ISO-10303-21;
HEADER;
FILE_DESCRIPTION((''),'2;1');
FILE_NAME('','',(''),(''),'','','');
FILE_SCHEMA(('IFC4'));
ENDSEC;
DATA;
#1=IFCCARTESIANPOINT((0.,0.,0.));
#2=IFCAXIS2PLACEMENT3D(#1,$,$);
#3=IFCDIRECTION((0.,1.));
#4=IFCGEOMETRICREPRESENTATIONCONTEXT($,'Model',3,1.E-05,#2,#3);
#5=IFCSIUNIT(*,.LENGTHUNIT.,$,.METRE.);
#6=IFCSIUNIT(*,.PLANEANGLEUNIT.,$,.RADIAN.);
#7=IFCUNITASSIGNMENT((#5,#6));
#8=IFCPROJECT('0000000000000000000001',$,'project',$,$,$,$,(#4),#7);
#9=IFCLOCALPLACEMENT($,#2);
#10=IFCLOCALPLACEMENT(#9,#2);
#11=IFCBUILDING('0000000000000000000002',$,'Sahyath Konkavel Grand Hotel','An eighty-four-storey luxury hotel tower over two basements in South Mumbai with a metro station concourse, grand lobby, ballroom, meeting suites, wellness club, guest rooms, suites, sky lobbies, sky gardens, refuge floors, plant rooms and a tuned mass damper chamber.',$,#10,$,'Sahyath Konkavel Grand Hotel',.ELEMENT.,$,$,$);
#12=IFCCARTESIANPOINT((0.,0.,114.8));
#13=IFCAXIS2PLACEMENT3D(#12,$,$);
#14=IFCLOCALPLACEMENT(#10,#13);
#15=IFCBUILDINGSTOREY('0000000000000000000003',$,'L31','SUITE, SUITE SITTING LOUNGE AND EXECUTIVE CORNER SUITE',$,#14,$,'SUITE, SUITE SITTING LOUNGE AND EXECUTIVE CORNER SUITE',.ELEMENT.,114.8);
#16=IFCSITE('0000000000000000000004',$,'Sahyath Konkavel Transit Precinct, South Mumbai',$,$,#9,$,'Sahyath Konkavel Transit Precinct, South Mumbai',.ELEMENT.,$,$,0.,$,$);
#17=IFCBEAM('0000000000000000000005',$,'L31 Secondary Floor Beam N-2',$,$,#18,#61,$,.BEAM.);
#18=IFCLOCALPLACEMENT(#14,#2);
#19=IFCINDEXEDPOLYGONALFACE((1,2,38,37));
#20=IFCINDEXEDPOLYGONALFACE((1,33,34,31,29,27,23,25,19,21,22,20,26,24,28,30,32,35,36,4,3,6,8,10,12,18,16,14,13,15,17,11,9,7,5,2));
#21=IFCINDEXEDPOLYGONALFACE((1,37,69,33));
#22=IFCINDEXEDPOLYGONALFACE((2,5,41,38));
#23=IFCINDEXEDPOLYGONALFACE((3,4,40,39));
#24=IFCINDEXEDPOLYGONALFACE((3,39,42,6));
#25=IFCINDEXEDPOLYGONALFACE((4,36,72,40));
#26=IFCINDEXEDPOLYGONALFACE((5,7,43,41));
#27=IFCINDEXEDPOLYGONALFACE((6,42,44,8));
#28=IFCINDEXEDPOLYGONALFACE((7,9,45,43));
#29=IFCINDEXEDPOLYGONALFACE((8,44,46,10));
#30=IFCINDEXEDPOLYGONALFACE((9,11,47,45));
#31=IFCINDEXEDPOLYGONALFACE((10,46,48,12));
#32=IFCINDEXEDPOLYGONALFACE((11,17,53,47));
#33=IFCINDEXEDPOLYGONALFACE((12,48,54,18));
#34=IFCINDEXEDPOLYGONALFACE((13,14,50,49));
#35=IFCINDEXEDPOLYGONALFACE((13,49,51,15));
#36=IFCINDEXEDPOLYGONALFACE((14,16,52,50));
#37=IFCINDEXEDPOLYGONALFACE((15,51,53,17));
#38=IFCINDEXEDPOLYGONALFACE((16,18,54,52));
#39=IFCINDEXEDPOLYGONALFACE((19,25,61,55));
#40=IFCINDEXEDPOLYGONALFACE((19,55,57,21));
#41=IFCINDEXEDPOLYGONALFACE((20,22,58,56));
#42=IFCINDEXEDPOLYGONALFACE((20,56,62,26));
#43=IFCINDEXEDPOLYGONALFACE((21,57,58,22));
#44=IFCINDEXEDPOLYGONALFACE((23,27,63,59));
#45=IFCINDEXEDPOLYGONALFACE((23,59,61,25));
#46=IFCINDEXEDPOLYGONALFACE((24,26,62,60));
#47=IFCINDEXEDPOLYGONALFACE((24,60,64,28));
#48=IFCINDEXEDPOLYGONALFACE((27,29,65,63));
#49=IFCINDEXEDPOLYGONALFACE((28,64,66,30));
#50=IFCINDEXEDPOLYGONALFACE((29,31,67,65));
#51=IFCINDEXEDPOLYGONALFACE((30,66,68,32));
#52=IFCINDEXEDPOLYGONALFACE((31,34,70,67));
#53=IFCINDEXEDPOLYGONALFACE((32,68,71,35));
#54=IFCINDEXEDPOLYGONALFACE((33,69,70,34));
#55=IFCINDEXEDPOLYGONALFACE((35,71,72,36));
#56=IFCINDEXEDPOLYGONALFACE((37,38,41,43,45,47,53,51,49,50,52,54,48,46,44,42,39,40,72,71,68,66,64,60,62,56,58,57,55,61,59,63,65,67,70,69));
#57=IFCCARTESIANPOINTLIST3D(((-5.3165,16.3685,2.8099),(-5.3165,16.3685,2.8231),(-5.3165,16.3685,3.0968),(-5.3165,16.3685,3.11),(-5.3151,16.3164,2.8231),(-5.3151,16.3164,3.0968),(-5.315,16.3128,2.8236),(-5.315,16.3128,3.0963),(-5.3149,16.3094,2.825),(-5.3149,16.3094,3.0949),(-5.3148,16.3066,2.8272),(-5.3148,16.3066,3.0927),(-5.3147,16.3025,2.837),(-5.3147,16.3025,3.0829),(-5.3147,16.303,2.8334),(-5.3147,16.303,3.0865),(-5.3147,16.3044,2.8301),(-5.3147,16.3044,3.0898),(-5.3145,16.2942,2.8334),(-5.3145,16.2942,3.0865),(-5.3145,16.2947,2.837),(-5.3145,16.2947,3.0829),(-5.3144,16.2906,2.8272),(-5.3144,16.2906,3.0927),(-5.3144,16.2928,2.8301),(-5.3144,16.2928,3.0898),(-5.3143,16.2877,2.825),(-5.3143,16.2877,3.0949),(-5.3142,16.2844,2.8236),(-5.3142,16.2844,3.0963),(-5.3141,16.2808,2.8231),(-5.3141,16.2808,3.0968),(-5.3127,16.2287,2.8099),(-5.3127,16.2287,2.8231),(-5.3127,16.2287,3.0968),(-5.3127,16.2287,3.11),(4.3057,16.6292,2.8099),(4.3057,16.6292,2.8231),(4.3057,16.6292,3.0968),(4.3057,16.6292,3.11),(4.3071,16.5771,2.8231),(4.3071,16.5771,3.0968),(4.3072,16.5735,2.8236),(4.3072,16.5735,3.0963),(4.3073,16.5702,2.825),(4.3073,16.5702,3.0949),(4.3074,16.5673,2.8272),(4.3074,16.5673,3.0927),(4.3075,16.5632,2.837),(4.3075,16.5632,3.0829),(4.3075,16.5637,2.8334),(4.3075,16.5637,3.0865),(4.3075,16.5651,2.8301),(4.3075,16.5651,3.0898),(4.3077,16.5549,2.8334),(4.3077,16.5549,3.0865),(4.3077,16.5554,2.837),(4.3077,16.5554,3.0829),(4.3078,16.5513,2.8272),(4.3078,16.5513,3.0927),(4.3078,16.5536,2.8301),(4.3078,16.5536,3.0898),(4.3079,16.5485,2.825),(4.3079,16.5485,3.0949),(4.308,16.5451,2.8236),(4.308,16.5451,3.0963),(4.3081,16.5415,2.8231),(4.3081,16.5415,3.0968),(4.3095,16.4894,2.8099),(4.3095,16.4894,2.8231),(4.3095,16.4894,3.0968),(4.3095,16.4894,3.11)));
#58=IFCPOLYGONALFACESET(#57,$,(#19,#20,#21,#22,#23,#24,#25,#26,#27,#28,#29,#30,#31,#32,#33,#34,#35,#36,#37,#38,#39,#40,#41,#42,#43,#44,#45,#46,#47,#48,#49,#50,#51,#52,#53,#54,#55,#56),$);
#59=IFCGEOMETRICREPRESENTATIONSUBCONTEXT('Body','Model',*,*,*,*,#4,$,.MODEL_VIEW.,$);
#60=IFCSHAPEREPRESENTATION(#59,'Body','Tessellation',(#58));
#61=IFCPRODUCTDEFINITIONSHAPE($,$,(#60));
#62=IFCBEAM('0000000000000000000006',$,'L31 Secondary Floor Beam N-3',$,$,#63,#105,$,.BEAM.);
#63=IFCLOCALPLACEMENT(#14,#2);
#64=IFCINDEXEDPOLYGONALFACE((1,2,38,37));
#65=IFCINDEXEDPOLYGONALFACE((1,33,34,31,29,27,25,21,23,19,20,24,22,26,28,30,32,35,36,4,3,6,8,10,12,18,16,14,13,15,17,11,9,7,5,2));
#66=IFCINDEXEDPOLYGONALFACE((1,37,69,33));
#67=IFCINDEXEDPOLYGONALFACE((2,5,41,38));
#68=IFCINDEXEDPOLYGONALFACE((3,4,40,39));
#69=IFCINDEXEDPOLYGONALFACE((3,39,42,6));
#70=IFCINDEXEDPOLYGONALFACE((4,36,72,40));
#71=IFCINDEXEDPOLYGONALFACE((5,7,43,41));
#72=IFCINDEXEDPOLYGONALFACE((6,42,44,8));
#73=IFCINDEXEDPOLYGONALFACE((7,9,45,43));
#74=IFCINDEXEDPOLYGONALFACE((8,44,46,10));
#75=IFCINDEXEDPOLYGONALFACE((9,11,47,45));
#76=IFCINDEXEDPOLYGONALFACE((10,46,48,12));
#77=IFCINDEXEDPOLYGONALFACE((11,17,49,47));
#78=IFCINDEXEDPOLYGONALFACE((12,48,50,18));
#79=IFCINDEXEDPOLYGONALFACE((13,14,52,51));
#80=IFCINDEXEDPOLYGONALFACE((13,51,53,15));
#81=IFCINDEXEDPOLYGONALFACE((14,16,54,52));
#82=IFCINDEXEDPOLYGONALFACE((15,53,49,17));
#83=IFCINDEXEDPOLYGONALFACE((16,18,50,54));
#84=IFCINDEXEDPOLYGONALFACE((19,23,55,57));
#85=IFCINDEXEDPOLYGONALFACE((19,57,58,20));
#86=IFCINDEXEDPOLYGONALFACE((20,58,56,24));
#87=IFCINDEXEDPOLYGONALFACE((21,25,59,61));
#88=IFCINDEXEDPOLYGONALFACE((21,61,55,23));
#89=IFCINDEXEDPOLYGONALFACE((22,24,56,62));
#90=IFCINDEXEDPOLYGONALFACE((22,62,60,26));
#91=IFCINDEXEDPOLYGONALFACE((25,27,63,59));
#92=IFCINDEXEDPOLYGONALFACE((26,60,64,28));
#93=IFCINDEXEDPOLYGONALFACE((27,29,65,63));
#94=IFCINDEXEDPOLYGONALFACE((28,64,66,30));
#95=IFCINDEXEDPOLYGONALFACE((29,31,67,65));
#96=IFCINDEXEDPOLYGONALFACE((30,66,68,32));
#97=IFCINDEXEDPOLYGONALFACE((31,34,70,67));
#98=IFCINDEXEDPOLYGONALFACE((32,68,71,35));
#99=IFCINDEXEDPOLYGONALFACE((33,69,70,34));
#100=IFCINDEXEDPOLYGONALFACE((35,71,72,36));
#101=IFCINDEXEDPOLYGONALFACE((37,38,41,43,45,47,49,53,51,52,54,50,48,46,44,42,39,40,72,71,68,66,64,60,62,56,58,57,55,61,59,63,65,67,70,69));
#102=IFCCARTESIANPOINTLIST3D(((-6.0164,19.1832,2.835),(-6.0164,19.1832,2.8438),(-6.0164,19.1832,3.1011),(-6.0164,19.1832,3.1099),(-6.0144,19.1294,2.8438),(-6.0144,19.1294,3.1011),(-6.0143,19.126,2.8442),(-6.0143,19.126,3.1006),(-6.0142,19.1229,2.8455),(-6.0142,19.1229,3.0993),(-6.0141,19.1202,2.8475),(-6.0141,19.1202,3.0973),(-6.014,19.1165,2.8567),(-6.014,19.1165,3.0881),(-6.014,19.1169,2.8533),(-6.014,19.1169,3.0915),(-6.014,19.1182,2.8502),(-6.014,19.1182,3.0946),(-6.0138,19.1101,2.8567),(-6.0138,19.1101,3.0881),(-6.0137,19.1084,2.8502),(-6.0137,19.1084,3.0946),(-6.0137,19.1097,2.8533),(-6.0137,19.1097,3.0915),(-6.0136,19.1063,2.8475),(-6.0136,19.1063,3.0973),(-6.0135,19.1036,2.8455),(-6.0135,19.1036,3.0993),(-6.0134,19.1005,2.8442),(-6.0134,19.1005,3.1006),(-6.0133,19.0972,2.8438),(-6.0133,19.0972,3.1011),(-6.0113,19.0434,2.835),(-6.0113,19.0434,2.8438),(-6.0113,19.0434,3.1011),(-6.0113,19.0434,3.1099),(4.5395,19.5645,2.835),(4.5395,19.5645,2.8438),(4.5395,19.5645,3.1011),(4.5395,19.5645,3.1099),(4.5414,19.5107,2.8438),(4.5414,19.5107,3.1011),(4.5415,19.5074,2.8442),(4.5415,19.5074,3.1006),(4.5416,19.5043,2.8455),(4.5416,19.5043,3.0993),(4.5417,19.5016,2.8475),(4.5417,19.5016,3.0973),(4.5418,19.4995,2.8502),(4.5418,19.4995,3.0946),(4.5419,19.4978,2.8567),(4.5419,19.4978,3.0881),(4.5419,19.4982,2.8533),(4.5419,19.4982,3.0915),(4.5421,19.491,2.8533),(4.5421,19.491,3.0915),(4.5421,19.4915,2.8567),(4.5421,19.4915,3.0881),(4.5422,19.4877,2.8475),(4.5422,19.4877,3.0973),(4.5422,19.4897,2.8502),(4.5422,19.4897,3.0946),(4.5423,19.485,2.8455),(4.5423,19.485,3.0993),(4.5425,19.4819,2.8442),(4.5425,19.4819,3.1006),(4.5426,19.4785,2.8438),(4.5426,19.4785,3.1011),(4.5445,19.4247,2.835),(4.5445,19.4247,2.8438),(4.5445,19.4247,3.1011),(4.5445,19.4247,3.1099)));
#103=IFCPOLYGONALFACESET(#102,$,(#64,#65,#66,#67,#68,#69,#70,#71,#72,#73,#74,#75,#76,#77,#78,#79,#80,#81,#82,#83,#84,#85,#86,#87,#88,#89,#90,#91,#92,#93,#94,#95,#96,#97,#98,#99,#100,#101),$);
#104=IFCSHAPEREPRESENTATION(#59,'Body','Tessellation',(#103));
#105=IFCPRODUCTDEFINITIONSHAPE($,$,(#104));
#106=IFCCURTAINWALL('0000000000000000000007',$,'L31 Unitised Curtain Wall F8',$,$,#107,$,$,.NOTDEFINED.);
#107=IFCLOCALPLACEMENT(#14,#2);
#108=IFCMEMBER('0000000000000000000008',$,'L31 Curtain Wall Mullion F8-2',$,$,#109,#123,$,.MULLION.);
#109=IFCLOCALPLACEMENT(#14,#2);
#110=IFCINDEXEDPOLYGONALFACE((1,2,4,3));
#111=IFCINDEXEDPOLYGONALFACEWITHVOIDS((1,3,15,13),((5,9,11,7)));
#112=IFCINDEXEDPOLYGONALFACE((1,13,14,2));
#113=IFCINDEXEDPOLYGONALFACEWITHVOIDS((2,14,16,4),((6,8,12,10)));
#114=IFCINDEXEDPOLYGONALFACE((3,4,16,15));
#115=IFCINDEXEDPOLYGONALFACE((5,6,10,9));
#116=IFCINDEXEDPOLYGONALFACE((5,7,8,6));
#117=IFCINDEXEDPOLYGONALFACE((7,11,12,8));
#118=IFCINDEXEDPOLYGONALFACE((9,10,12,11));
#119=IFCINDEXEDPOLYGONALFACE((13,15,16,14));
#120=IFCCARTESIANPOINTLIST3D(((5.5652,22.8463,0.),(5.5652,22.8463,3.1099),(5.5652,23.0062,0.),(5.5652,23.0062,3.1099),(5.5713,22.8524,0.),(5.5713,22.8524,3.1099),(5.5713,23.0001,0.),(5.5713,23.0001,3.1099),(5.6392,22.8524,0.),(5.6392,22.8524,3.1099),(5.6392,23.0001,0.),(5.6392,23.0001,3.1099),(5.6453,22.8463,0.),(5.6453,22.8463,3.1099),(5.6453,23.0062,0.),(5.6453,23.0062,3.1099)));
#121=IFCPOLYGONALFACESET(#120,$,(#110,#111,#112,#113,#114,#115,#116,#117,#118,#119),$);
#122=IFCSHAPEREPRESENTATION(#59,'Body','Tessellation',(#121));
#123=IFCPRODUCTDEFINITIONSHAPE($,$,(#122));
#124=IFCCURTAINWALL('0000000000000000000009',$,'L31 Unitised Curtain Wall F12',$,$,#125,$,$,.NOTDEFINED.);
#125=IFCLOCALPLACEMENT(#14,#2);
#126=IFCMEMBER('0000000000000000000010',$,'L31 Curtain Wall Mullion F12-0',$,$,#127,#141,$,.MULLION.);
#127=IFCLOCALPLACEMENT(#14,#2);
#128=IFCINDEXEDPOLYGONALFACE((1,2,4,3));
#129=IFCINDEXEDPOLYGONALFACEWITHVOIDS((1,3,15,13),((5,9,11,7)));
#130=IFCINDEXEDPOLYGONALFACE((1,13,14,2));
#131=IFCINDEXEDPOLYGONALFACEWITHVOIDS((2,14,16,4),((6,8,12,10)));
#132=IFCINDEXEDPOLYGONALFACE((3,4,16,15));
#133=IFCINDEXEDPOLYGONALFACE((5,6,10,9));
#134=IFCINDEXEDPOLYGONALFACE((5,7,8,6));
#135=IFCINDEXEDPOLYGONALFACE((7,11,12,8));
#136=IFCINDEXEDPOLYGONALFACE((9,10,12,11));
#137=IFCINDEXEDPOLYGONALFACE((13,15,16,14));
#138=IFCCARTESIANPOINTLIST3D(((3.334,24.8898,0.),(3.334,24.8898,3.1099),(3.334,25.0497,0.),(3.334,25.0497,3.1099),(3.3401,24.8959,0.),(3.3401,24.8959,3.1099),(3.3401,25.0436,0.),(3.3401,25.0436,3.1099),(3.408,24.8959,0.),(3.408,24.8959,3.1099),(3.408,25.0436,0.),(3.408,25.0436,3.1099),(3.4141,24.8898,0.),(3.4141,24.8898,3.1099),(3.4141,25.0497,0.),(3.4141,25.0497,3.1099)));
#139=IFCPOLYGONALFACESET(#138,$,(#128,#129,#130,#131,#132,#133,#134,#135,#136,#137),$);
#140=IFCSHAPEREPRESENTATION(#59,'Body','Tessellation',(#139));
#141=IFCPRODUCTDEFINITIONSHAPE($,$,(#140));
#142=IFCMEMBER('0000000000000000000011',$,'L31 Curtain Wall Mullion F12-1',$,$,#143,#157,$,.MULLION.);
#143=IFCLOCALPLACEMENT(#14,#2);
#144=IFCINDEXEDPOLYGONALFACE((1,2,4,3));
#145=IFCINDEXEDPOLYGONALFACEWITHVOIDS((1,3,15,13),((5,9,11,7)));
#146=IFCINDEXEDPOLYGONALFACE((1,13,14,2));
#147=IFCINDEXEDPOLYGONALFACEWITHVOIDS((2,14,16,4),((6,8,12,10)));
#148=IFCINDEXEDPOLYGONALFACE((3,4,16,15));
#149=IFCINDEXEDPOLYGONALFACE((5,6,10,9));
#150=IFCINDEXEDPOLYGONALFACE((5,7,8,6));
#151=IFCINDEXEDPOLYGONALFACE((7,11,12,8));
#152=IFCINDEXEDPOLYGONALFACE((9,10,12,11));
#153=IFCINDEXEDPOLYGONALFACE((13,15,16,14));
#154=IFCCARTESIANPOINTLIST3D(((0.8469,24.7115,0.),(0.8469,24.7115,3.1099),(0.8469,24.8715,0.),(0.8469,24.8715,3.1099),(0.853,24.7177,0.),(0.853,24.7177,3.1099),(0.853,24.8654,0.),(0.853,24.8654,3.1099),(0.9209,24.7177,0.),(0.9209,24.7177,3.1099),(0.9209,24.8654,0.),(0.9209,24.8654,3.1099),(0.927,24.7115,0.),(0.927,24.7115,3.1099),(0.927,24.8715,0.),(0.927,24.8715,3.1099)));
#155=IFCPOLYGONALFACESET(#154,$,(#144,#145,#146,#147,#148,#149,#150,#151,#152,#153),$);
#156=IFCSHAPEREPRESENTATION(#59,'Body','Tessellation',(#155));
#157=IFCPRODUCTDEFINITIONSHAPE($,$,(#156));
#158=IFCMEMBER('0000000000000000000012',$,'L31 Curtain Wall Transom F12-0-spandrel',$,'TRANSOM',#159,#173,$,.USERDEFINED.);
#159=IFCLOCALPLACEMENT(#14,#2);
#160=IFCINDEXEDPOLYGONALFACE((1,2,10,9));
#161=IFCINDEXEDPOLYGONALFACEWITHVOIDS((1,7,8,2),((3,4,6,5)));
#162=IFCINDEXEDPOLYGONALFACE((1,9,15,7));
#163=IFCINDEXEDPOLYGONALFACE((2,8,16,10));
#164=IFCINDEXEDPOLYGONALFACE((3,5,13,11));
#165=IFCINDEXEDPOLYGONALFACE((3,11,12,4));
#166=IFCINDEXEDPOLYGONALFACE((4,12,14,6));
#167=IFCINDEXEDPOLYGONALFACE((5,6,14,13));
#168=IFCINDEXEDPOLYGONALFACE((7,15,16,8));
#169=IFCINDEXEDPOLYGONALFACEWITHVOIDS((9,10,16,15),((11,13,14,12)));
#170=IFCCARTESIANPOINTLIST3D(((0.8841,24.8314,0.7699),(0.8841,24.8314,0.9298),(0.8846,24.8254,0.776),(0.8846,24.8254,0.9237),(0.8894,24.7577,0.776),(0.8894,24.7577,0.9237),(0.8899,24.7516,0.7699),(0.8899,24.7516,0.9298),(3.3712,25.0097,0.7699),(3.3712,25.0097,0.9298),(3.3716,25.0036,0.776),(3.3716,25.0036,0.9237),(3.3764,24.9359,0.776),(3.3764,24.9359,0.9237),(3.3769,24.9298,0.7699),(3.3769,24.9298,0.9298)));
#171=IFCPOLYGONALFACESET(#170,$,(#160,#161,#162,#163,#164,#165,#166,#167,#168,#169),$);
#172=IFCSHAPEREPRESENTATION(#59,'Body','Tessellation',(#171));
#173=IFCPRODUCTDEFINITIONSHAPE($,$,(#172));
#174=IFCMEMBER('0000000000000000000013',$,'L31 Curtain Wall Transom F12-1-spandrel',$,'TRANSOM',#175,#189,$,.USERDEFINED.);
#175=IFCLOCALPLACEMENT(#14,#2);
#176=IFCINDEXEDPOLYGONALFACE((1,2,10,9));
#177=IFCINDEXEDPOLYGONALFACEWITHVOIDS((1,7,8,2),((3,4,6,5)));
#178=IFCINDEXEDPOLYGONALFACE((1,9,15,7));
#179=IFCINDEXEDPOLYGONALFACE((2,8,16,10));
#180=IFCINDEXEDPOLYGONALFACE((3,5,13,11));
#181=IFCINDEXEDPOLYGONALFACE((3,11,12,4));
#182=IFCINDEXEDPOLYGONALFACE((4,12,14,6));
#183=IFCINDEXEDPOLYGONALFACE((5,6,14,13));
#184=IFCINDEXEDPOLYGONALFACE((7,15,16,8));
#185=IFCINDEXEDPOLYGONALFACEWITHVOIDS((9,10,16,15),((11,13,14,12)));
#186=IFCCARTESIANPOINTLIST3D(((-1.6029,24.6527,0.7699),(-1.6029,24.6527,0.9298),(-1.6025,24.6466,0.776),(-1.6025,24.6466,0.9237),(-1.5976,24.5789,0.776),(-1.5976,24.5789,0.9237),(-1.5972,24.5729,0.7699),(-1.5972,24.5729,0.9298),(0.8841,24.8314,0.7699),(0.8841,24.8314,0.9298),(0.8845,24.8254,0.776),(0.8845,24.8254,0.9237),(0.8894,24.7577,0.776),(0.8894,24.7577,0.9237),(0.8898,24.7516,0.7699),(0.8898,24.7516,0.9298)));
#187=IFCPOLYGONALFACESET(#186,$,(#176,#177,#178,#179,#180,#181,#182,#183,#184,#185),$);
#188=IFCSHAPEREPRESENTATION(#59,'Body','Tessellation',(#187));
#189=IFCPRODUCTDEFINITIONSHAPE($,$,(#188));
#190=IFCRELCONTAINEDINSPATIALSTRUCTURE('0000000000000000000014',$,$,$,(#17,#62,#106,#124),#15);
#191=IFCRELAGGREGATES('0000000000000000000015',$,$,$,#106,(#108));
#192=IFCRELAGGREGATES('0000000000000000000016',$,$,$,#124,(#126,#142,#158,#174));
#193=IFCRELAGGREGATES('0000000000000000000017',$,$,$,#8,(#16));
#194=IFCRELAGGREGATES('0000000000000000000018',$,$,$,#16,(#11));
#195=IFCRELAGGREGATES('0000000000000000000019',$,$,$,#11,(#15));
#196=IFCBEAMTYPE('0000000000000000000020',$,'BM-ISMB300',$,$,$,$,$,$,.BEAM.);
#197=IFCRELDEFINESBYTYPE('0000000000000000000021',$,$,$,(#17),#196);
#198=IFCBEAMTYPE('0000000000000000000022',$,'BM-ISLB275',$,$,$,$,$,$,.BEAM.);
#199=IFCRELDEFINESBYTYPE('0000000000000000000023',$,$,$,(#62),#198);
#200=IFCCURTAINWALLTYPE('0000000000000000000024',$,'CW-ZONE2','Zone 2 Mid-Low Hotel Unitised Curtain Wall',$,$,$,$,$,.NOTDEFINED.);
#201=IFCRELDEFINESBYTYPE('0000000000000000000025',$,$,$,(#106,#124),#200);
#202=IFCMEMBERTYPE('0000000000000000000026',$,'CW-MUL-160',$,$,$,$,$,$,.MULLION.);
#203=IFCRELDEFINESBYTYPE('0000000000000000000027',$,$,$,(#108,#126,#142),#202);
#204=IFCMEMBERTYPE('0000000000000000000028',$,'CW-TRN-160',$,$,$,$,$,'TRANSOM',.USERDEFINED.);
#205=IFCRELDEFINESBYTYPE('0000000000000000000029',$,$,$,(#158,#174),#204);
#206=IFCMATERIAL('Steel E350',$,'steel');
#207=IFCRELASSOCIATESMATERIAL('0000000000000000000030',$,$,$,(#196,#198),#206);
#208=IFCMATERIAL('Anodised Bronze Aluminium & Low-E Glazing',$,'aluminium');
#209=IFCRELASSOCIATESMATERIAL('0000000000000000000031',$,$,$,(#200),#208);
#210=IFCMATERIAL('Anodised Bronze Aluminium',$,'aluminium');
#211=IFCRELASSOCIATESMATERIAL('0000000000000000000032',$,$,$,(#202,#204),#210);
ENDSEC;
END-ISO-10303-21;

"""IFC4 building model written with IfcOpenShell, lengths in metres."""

from ifc_helpers import new_model, si_unit, direction, frame, origin, origin_2d, place, context, subcontext, project, spatial, hollow_rectangle, i_section, extrude, source, transform, mapped, material, material_profile, profile_set, type_object, element, aggregate, save


model = new_model("IFC4")

# Units and contexts
model_context = context("Model", 3, precision=1e-05, world=origin(), true_north=direction((0.0, 1.0)))
body_context = subcontext(model_context, "Body", "Model", "MODEL_VIEW")
ifc_project = project(units=[si_unit("LENGTHUNIT", "METRE"), si_unit("PLANEANGLEUNIT", "RADIAN")], contexts=[model_context])

# Site, building, storey
site_placement = place(None, origin())
site = spatial("IfcSite", under=ifc_project, at=site_placement, Name="Sahyath Konkavel Transit Precinct, South Mumbai", LongName="Sahyath Konkavel Transit Precinct, South Mumbai", CompositionType="ELEMENT", RefElevation=0.0)
building_placement = place(site_placement, origin())
building = spatial("IfcBuilding", under=site, at=building_placement, Name="Sahyath Konkavel Grand Hotel", Description="An eighty-four-storey luxury hotel tower over two basements in South Mumbai with a metro station concourse, grand lobby, ballroom, meeting suites, wellness club, guest rooms, suites, sky lobbies, sky gardens, refuge floors, plant rooms and a tuned mass damper chamber.", LongName="Sahyath Konkavel Grand Hotel", CompositionType="ELEMENT")
storey_placement = place(building_placement, frame((0.0, 0.0, 114.8)))
storey = spatial("IfcBuildingStorey", under=building, at=storey_placement, Name="L31", Description="SUITE, SUITE SITTING LOUNGE AND EXECUTIVE CORNER SUITE", LongName="SUITE, SUITE SITTING LOUNGE AND EXECUTIVE CORNER SUITE", CompositionType="ELEMENT", Elevation=114.8)

# Beams
ifc_material_1 = material(Name="Steel E350", Category="steel")
ifc_material_profile_1 = material_profile(ifc_material_1, i_section(OverallWidth=0.1399, OverallDepth=0.3, WebThickness=0.0078, FlangeThickness=0.0132, FilletRadius=0.0139, at=origin_2d()), Name="ISMB 300")
ifc_profile_set_1 = profile_set([ifc_material_profile_1], Name="Steel E350")
beam_type_1 = type_object("IfcBeamType", Name="BM-ISMB300", PredefinedType="BEAM", material=ifc_profile_set_1)
shared_shape_1 = source(origin(), body_context, "Body", "SweptSolid", [
    extrude(i_section(OverallWidth=0.1399, OverallDepth=0.3, WebThickness=0.0078, FlangeThickness=0.0132, FilletRadius=0.0139, at=origin_2d()), origin(), (0.0, 0.0, 1.0), 9.6257),
])
beam_1_placement = place(storey_placement, frame((4.3076, 16.5593, 2.96), z_axis=(-0.999633, -0.027088, 0.0), x_axis=(0.027088, -0.999633, 0.0)))
element("IfcBeam", 1, at=beam_1_placement, inside=storey, type_object=beam_type_1, Name="L31 Secondary Floor Beam N-2", PredefinedType="BEAM", context=body_context, shape_type="MappedRepresentation", body=[
    mapped(shared_shape_1, transform((0.0, 0.0, 0.0), scale=1.0)),
])
ifc_material_profile_2 = material_profile(ifc_material_1, i_section(OverallWidth=0.1399, OverallDepth=0.2749, WebThickness=0.0063, FlangeThickness=0.0088, FilletRadius=0.0129, at=origin_2d()), Name="ISLB 275")
ifc_profile_set_2 = profile_set([ifc_material_profile_2], Name="Steel E350")
beam_type_2 = type_object("IfcBeamType", Name="BM-ISLB275", PredefinedType="BEAM", material=ifc_profile_set_2)
shared_shape_2 = source(origin(), body_context, "Body", "SweptSolid", [
    extrude(i_section(OverallWidth=0.1399, OverallDepth=0.2749, WebThickness=0.0063, FlangeThickness=0.0088, FilletRadius=0.0129, at=origin_2d()), origin(), (0.0, 0.0, 1.0), 10.5627),
])
beam_2_placement = place(storey_placement, frame((4.542, 19.4946, 2.9724), z_axis=(-0.999348, -0.036103, 0.0), x_axis=(0.036103, -0.999348, 0.0)))
element("IfcBeam", 2, at=beam_2_placement, inside=storey, type_object=beam_type_2, Name="L31 Secondary Floor Beam N-3", PredefinedType="BEAM", context=body_context, shape_type="MappedRepresentation", body=[
    mapped(shared_shape_2, transform((0.0, 0.0, 0.0), scale=1.0)),
])

# Curtain wall, member
ifc_material_2 = material(Name="Anodised Bronze Aluminium & Low-E Glazing", Category="aluminium")
curtain_wall_type = type_object("IfcCurtainWallType", Name="CW-ZONE2", Description="Zone 2 Mid-Low Hotel Unitised Curtain Wall", PredefinedType="NOTDEFINED", material=ifc_material_2)
curtain_wall_1_placement = place(storey_placement, origin())
curtain_wall_1 = element("IfcCurtainWall", 3, at=curtain_wall_1_placement, inside=storey, type_object=curtain_wall_type, Name="L31 Unitised Curtain Wall F8", PredefinedType="NOTDEFINED")
ifc_material_3 = material(Name="Anodised Bronze Aluminium", Category="aluminium")
ifc_material_profile_3 = material_profile(ifc_material_3, hollow_rectangle(XDim=0.0801, YDim=0.1599, WallThickness=0.0061, at=origin_2d()), Name="RHS 160x80x6")
ifc_profile_set_3 = profile_set([ifc_material_profile_3], Name="Anodised Bronze Aluminium")
member_type_1 = type_object("IfcMemberType", Name="CW-MUL-160", PredefinedType="MULLION", material=ifc_profile_set_3)
shared_shape_3 = source(origin(), body_context, "Body", "SweptSolid", [
    extrude(hollow_rectangle(XDim=0.0801, YDim=0.1599, WallThickness=0.0061, at=origin_2d()), origin(), (0.0, 0.0, 1.0), 3.1099),
])
member_1_placement = place(storey_placement, frame((5.6052, 22.9263, 0.0), z_axis=(0.0, 0.0, 1.0), x_axis=(1.0, 0.0, 0.0)))
member_1 = element("IfcMember", 4, at=member_1_placement, type_object=member_type_1, Name="L31 Curtain Wall Mullion F8-2", PredefinedType="MULLION", context=body_context, shape_type="MappedRepresentation", body=[
    mapped(shared_shape_3, transform((0.0, 0.0, 0.0), scale=1.0)),
])
aggregate(curtain_wall_1, [member_1])

# Curtain wall, members
curtain_wall_2_placement = place(storey_placement, origin())
curtain_wall_2 = element("IfcCurtainWall", 5, at=curtain_wall_2_placement, inside=storey, type_object=curtain_wall_type, Name="L31 Unitised Curtain Wall F12", PredefinedType="NOTDEFINED")
member_2_placement = place(storey_placement, frame((3.374, 24.9697, 0.0), z_axis=(0.0, 0.0, 1.0), x_axis=(1.0, 0.0, 0.0)))
member_2 = element("IfcMember", 6, at=member_2_placement, type_object=member_type_1, Name="L31 Curtain Wall Mullion F12-0", PredefinedType="MULLION", context=body_context, shape_type="MappedRepresentation", body=[
    mapped(shared_shape_3, transform((0.0, 0.0, 0.0), scale=1.0)),
])
member_3_placement = place(storey_placement, frame((0.887, 24.7915, 0.0), z_axis=(0.0, 0.0, 1.0), x_axis=(1.0, 0.0, 0.0)))
member_3 = element("IfcMember", 7, at=member_3_placement, type_object=member_type_1, Name="L31 Curtain Wall Mullion F12-1", PredefinedType="MULLION", context=body_context, shape_type="MappedRepresentation", body=[
    mapped(shared_shape_3, transform((0.0, 0.0, 0.0), scale=1.0)),
])
ifc_material_profile_4 = material_profile(ifc_material_3, hollow_rectangle(XDim=0.0801, YDim=0.1599, WallThickness=0.0061, at=origin_2d()), Name="RHS 160x80x6")
ifc_profile_set_4 = profile_set([ifc_material_profile_4], Name="Anodised Bronze Aluminium")
member_type_2 = type_object("IfcMemberType", Name="CW-TRN-160", ElementType="TRANSOM", PredefinedType="USERDEFINED", material=ifc_profile_set_4)
shared_shape_4 = source(origin(), body_context, "Body", "SweptSolid", [
    extrude(hollow_rectangle(XDim=0.0801, YDim=0.1599, WallThickness=0.0061, at=origin_2d()), origin(), (0.0, 0.0, 1.0), 2.4934),
])
member_4_placement = place(storey_placement, frame((3.374, 24.9697, 0.8499), z_axis=(-0.997442, -0.071477, 0.0), x_axis=(0.071477, -0.997442, 0.0)))
member_4 = element("IfcMember", 8, at=member_4_placement, type_object=member_type_2, Name="L31 Curtain Wall Transom F12-0-spandrel", ObjectType="TRANSOM", PredefinedType="USERDEFINED", context=body_context, shape_type="MappedRepresentation", body=[
    mapped(shared_shape_4, transform((0.0, 0.0, 0.0), scale=1.0)),
])
member_5_placement = place(storey_placement, frame((0.887, 24.7915, 0.8499), z_axis=(-0.997428, -0.071671, 0.0), x_axis=(0.071671, -0.997428, 0.0)))
member_5 = element("IfcMember", 9, at=member_5_placement, type_object=member_type_2, Name="L31 Curtain Wall Transom F12-1-spandrel", ObjectType="TRANSOM", PredefinedType="USERDEFINED", context=body_context, shape_type="MappedRepresentation", body=[
    mapped(shared_shape_4, transform((0.0, 0.0, 0.0), scale=1.0)),
])
aggregate(curtain_wall_2, [member_2, member_3, member_4, member_5])

save(model, "model.ifc")
